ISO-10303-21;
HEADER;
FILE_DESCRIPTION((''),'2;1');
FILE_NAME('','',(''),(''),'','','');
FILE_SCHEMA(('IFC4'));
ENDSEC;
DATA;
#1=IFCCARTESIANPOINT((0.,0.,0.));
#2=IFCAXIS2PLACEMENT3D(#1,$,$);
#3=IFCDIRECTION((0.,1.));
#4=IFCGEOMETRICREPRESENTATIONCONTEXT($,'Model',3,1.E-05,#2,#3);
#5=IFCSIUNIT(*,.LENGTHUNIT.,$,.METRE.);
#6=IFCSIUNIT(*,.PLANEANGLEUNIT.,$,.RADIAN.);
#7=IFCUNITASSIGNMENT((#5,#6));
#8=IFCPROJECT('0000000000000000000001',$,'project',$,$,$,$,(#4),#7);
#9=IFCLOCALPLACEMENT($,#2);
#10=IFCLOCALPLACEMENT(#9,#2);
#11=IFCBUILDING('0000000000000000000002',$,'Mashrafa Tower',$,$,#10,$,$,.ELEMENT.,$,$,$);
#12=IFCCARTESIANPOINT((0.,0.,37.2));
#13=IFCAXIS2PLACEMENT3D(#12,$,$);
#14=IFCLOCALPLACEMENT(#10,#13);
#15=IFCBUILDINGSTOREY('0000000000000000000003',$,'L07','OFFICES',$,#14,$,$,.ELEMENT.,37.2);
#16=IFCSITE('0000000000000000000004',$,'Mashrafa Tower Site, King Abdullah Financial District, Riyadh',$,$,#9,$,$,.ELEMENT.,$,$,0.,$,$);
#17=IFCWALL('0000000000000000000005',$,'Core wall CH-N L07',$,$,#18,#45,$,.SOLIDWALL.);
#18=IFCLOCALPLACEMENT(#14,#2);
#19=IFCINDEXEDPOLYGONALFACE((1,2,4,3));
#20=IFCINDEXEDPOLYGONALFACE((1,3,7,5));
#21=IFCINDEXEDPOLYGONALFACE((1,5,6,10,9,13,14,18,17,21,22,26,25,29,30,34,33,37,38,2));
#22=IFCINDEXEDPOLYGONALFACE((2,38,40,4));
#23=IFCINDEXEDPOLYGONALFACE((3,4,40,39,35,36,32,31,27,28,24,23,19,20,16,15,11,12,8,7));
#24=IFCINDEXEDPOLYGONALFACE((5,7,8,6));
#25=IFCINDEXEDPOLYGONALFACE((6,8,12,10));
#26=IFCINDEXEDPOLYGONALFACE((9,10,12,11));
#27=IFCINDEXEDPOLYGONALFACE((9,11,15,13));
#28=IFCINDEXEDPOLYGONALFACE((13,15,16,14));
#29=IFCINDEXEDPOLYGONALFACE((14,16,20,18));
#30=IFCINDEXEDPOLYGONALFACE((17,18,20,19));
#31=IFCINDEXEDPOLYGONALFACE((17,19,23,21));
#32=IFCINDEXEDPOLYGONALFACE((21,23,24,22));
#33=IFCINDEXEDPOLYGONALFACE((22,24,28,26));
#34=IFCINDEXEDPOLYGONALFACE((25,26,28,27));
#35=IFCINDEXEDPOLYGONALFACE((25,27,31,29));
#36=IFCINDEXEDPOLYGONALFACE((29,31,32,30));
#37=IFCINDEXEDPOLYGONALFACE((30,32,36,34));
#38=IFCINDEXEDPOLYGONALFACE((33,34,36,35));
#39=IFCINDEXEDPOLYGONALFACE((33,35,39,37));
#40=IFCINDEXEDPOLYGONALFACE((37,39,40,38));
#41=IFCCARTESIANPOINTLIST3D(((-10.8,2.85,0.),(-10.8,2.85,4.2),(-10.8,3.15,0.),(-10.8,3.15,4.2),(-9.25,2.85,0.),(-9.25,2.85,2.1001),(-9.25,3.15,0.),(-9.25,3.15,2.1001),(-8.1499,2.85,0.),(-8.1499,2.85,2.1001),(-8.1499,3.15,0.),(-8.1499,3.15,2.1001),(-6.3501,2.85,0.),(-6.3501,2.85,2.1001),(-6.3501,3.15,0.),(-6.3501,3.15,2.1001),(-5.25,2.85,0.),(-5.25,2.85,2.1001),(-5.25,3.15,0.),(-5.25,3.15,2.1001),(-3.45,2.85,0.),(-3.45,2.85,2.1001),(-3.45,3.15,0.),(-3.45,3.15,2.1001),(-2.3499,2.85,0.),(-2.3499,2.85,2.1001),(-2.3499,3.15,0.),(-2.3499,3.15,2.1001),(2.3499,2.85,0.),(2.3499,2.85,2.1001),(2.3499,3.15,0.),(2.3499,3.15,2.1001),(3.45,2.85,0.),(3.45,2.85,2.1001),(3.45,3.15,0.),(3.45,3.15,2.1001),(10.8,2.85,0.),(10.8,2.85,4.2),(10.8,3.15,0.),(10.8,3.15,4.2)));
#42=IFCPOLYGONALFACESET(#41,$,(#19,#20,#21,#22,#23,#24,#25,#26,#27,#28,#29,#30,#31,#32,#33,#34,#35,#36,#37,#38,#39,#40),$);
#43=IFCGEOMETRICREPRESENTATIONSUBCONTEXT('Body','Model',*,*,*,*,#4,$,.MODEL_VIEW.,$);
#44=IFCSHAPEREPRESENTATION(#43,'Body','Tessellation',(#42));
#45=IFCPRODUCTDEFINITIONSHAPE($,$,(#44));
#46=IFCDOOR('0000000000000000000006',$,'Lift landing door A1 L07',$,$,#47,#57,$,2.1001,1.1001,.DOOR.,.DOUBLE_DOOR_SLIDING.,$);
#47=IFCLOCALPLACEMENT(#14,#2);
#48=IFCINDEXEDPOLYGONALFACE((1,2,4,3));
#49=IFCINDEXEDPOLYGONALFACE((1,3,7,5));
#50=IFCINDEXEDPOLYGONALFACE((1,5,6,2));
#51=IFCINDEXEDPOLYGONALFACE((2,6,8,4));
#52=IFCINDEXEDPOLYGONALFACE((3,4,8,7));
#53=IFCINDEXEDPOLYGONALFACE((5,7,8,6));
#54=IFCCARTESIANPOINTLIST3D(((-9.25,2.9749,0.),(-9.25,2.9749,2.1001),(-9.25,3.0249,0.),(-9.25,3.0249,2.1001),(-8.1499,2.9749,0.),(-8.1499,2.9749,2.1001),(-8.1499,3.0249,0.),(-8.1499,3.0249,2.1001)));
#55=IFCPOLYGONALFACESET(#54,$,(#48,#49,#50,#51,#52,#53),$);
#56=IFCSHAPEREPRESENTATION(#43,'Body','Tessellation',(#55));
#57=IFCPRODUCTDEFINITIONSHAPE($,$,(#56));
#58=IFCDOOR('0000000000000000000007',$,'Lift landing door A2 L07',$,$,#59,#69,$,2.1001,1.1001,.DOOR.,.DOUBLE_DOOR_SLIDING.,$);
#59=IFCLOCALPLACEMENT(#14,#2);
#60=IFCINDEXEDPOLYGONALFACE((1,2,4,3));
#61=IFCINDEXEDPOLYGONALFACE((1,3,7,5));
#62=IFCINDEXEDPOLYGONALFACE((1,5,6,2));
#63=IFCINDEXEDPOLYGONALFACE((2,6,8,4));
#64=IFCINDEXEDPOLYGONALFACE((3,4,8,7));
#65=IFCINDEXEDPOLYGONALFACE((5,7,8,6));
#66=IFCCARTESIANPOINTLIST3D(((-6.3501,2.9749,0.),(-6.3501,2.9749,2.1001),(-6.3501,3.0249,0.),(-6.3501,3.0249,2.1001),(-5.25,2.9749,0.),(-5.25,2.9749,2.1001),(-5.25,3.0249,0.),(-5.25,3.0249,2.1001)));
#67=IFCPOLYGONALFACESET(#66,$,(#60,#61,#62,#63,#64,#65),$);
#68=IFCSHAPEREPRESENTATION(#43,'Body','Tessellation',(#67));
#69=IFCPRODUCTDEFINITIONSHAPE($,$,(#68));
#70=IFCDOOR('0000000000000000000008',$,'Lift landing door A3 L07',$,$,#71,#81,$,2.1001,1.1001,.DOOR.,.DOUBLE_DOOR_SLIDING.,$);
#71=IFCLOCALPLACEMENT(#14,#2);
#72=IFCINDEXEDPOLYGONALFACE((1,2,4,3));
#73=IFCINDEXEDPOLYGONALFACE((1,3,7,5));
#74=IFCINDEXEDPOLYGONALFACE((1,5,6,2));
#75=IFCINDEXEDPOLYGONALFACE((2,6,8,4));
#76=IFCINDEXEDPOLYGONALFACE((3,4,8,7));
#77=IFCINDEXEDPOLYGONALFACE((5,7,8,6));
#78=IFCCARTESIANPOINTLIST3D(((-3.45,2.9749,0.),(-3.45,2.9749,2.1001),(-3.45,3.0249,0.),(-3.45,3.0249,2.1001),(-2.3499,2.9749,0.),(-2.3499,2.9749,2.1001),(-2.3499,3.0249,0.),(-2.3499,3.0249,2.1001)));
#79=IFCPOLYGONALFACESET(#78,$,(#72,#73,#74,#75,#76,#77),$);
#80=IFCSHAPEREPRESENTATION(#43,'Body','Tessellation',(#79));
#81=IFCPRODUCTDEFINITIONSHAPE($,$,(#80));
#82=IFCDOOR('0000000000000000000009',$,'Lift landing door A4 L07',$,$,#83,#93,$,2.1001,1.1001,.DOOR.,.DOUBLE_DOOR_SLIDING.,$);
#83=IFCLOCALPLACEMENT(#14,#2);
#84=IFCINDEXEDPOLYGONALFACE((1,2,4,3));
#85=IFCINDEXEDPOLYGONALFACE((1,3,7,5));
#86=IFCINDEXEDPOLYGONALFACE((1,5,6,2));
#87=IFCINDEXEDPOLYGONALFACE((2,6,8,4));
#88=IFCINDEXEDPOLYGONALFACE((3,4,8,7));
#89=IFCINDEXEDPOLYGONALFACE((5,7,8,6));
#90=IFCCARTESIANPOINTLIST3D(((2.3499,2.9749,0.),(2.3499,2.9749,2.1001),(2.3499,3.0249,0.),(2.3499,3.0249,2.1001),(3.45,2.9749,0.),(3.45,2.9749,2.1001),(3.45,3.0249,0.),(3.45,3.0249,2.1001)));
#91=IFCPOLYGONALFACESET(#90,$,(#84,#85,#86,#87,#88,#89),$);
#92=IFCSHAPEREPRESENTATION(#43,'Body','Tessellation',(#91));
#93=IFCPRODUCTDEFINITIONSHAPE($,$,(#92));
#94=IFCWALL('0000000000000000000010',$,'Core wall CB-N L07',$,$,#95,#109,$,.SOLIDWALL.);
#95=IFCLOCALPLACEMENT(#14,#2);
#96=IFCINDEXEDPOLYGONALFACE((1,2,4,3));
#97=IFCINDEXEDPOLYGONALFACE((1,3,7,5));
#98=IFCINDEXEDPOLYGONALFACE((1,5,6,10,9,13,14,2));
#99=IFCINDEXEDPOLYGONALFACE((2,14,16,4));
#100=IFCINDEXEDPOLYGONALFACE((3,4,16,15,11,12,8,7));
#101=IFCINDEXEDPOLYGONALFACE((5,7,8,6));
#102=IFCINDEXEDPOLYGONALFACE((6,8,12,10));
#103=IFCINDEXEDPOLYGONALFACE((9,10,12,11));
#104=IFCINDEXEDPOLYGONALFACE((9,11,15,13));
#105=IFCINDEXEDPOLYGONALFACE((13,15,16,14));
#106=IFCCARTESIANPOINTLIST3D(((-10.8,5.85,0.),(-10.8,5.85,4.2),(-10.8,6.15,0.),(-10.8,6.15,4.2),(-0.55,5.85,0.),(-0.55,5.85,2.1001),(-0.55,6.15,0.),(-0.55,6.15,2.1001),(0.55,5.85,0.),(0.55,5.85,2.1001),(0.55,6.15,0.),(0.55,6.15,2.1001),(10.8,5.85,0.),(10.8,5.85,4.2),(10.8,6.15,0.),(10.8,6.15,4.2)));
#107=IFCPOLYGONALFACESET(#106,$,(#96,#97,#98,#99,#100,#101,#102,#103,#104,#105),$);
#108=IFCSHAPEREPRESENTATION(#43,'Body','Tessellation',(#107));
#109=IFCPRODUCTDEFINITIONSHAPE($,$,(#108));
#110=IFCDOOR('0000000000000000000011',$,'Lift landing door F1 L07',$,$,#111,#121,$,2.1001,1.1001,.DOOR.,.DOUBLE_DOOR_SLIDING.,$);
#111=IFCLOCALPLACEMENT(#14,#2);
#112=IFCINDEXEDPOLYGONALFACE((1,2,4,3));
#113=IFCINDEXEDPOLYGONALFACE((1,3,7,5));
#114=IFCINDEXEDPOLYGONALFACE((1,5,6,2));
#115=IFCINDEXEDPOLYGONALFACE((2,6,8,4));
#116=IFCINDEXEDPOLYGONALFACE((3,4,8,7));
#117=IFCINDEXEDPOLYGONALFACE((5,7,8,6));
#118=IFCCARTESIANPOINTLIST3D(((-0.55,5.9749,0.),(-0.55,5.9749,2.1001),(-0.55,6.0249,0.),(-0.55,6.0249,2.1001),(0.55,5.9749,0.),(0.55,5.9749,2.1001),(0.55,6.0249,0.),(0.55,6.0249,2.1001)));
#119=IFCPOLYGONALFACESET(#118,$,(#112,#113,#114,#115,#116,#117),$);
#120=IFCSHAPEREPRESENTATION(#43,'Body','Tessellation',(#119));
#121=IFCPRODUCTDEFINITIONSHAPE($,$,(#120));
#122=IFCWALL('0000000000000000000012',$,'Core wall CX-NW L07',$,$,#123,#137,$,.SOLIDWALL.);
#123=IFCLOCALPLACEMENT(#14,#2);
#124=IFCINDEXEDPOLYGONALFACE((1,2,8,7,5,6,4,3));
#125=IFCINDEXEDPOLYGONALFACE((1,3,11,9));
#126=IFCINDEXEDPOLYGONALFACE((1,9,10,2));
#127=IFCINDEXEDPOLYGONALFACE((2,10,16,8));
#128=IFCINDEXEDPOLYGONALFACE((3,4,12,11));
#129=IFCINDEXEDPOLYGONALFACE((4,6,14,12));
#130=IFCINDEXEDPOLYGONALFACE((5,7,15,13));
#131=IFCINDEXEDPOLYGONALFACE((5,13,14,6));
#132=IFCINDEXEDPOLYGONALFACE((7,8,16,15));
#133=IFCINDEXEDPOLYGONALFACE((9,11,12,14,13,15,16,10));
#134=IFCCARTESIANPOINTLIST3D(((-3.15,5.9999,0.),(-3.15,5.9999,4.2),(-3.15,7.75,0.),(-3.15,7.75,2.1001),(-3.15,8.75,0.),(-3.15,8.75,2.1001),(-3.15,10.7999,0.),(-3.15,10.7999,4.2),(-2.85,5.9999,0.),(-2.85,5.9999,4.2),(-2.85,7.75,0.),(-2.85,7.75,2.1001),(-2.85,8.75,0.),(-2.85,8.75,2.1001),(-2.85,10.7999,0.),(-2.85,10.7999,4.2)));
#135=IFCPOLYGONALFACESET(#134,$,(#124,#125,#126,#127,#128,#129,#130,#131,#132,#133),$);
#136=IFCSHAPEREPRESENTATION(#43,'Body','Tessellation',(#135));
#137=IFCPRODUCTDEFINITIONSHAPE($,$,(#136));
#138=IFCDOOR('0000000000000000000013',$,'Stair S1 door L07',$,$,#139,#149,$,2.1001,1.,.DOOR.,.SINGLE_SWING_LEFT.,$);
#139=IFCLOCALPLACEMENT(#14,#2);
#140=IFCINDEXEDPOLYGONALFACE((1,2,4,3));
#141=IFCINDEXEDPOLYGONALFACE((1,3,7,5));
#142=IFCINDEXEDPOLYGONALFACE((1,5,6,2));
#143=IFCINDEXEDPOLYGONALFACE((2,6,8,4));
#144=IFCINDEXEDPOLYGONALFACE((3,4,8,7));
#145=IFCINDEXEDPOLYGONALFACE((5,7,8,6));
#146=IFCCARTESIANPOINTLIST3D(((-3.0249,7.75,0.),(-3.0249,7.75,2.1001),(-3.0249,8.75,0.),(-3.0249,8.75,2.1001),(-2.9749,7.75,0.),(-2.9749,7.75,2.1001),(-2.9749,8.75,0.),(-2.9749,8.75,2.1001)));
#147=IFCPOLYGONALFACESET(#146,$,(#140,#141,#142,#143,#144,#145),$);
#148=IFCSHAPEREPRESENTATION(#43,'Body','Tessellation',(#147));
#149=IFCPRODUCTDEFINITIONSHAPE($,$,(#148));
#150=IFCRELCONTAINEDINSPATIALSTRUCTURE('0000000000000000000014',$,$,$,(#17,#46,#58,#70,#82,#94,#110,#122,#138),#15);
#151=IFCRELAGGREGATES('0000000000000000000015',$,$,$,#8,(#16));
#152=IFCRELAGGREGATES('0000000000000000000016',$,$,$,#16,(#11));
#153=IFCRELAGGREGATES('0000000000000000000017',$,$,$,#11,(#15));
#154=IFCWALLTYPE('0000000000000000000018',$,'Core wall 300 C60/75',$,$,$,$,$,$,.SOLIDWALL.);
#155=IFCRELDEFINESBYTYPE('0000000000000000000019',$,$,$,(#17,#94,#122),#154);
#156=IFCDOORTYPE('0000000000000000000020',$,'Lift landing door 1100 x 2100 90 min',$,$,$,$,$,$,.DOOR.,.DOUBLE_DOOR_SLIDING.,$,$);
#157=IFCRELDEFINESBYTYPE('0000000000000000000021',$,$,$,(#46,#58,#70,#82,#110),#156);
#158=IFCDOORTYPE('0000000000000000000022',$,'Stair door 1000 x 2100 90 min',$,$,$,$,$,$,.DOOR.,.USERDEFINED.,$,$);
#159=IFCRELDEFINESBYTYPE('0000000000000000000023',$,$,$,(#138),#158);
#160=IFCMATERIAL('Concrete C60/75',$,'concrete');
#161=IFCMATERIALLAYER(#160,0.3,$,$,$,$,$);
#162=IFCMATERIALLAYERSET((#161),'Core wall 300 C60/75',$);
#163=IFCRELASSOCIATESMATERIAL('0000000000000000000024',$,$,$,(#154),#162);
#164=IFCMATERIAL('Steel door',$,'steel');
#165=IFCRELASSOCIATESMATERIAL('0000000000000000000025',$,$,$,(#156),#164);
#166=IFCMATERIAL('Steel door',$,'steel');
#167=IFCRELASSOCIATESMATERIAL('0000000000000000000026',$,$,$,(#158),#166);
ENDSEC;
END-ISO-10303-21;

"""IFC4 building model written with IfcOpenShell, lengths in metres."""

from ifc_helpers import new_model, si_unit, direction, frame, frame_2d, origin, place, context, subcontext, project, spatial, rectangle, extrude, material, layer, layer_set, type_object, element, fill, save


model = new_model("IFC4")

# Units and contexts
model_context = context("Model", 3, precision=1e-05, world=origin(), true_north=direction((0.0, 1.0)))
body_context = subcontext(model_context, "Body", "Model", "MODEL_VIEW")
ifc_project = project(units=[si_unit("LENGTHUNIT", "METRE"), si_unit("PLANEANGLEUNIT", "RADIAN")], contexts=[model_context])

# Site, building, storey
site_placement = place(None, origin())
site = spatial("IfcSite", under=ifc_project, at=site_placement, Name="Mashrafa Tower Site, King Abdullah Financial District, Riyadh", CompositionType="ELEMENT", RefElevation=0.0)
building_placement = place(site_placement, origin())
building = spatial("IfcBuilding", under=site, at=building_placement, Name="Mashrafa Tower", CompositionType="ELEMENT")
storey_placement = place(building_placement, frame((0.0, 0.0, 37.2)))
storey = spatial("IfcBuildingStorey", under=building, at=storey_placement, Name="L07", Description="OFFICES", CompositionType="ELEMENT", Elevation=37.2)

# Wall, openings, doors
ifc_material_1 = material(Name="Concrete C60/75", Category="concrete")
ifc_layer_1 = layer(ifc_material_1, 0.3)
ifc_layer_set_1 = layer_set([ifc_layer_1], Name="Core wall 300 C60/75")
wall_type_1 = type_object("IfcWallType", Name="Core wall 300 C60/75", PredefinedType="SOLIDWALL", material=ifc_layer_set_1)
wall_1_placement = place(storey_placement, frame((-10.8, 3.0, 0.0), z_axis=(0.0, 0.0, 1.0), x_axis=(1.0, 0.0, 0.0)))
wall_1 = element("IfcWall", 1, at=wall_1_placement, inside=storey, type_object=wall_type_1, Name="Core wall CH-N L07", PredefinedType="SOLIDWALL", context=body_context, shape_type="SweptSolid", body=[
    extrude(rectangle(XDim=21.6001, YDim=0.3, at=frame_2d((10.8, 0.0))), origin(), (0.0, 0.0, 1.0), 4.2),
])
opening_1_placement = place(wall_1_placement, frame((1.55, 0.0, 0.0)))
opening_1 = element("IfcOpeningElement", 2, at=opening_1_placement, cuts=wall_1, PredefinedType="OPENING", context=body_context, shape_type="SweptSolid", body=[
    extrude(rectangle(XDim=1.1001, YDim=2.1001, at=frame_2d((0.55, 1.05))), frame((0.0, 0.1599, 0.0), z_axis=(0.0, -1.0, 0.0), x_axis=(1.0, 0.0, 0.0)), (0.0, 0.0, 1.0), 0.3201),
])
opening_2_placement = place(wall_1_placement, frame((4.45, 0.0, 0.0)))
opening_2 = element("IfcOpeningElement", 3, at=opening_2_placement, cuts=wall_1, PredefinedType="OPENING", context=body_context, shape_type="SweptSolid", body=[
    extrude(rectangle(XDim=1.1001, YDim=2.1001, at=frame_2d((0.55, 1.05))), frame((0.0, 0.1599, 0.0), z_axis=(0.0, -1.0, 0.0), x_axis=(1.0, 0.0, 0.0)), (0.0, 0.0, 1.0), 0.3201),
])
opening_3_placement = place(wall_1_placement, frame((7.3501, 0.0, 0.0)))
opening_3 = element("IfcOpeningElement", 4, at=opening_3_placement, cuts=wall_1, PredefinedType="OPENING", context=body_context, shape_type="SweptSolid", body=[
    extrude(rectangle(XDim=1.1001, YDim=2.1001, at=frame_2d((0.55, 1.05))), frame((0.0, 0.1599, 0.0), z_axis=(0.0, -1.0, 0.0), x_axis=(1.0, 0.0, 0.0)), (0.0, 0.0, 1.0), 0.3201),
])
opening_4_placement = place(wall_1_placement, frame((13.1499, 0.0, 0.0)))
opening_4 = element("IfcOpeningElement", 5, at=opening_4_placement, cuts=wall_1, PredefinedType="OPENING", context=body_context, shape_type="SweptSolid", body=[
    extrude(rectangle(XDim=1.1001, YDim=2.1001, at=frame_2d((0.55, 1.05))), frame((0.0, 0.1599, 0.0), z_axis=(0.0, -1.0, 0.0), x_axis=(1.0, 0.0, 0.0)), (0.0, 0.0, 1.0), 0.3201),
])
ifc_material_2 = material(Name="Steel door", Category="steel")
door_type_1 = type_object("IfcDoorType", Name="Lift landing door 1100 x 2100 90 min", OperationType="DOUBLE_DOOR_SLIDING", PredefinedType="DOOR", material=ifc_material_2)
door_1_placement = place(opening_1_placement, origin())
door_1 = element("IfcDoor", 6, at=door_1_placement, inside=storey, type_object=door_type_1, Name="Lift landing door A1 L07", OperationType="DOUBLE_DOOR_SLIDING", OverallHeight=2.1001, OverallWidth=1.1001, PredefinedType="DOOR", context=body_context, shape_type="SweptSolid", body=[
    extrude(rectangle(XDim=1.1001, YDim=2.1001, at=frame_2d((0.55, 1.05))), frame((0.0, 0.0249, 0.0), z_axis=(0.0, -1.0, 0.0), x_axis=(1.0, 0.0, 0.0)), (0.0, 0.0, 1.0), 0.05),
])
fill(opening_1, door_1)
door_2_placement = place(opening_2_placement, origin())
door_2 = element("IfcDoor", 7, at=door_2_placement, inside=storey, type_object=door_type_1, Name="Lift landing door A2 L07", OperationType="DOUBLE_DOOR_SLIDING", OverallHeight=2.1001, OverallWidth=1.1001, PredefinedType="DOOR", context=body_context, shape_type="SweptSolid", body=[
    extrude(rectangle(XDim=1.1001, YDim=2.1001, at=frame_2d((0.55, 1.05))), frame((0.0, 0.0249, 0.0), z_axis=(0.0, -1.0, 0.0), x_axis=(1.0, 0.0, 0.0)), (0.0, 0.0, 1.0), 0.05),
])
fill(opening_2, door_2)
door_3_placement = place(opening_3_placement, origin())
door_3 = element("IfcDoor", 8, at=door_3_placement, inside=storey, type_object=door_type_1, Name="Lift landing door A3 L07", OperationType="DOUBLE_DOOR_SLIDING", OverallHeight=2.1001, OverallWidth=1.1001, PredefinedType="DOOR", context=body_context, shape_type="SweptSolid", body=[
    extrude(rectangle(XDim=1.1001, YDim=2.1001, at=frame_2d((0.55, 1.05))), frame((0.0, 0.0249, 0.0), z_axis=(0.0, -1.0, 0.0), x_axis=(1.0, 0.0, 0.0)), (0.0, 0.0, 1.0), 0.05),
])
fill(opening_3, door_3)
door_4_placement = place(opening_4_placement, origin())
door_4 = element("IfcDoor", 9, at=door_4_placement, inside=storey, type_object=door_type_1, Name="Lift landing door A4 L07", OperationType="DOUBLE_DOOR_SLIDING", OverallHeight=2.1001, OverallWidth=1.1001, PredefinedType="DOOR", context=body_context, shape_type="SweptSolid", body=[
    extrude(rectangle(XDim=1.1001, YDim=2.1001, at=frame_2d((0.55, 1.05))), frame((0.0, 0.0249, 0.0), z_axis=(0.0, -1.0, 0.0), x_axis=(1.0, 0.0, 0.0)), (0.0, 0.0, 1.0), 0.05),
])
fill(opening_4, door_4)

# Walls, openings, doors
wall_2_placement = place(storey_placement, frame((-10.8, 6.0, 0.0), z_axis=(0.0, 0.0, 1.0), x_axis=(1.0, 0.0, 0.0)))
wall_2 = element("IfcWall", 10, at=wall_2_placement, inside=storey, type_object=wall_type_1, Name="Core wall CB-N L07", PredefinedType="SOLIDWALL", context=body_context, shape_type="SweptSolid", body=[
    extrude(rectangle(XDim=21.6001, YDim=0.3, at=frame_2d((10.8, 0.0))), origin(), (0.0, 0.0, 1.0), 4.2),
])
opening_5_placement = place(wall_2_placement, frame((10.25, 0.0, 0.0)))
opening_5 = element("IfcOpeningElement", 11, at=opening_5_placement, cuts=wall_2, PredefinedType="OPENING", context=body_context, shape_type="SweptSolid", body=[
    extrude(rectangle(XDim=1.1001, YDim=2.1001, at=frame_2d((0.55, 1.05))), frame((0.0, 0.1599, 0.0), z_axis=(0.0, -1.0, 0.0), x_axis=(1.0, 0.0, 0.0)), (0.0, 0.0, 1.0), 0.3201),
])
door_5_placement = place(opening_5_placement, origin())
door_5 = element("IfcDoor", 12, at=door_5_placement, inside=storey, type_object=door_type_1, Name="Lift landing door F1 L07", OperationType="DOUBLE_DOOR_SLIDING", OverallHeight=2.1001, OverallWidth=1.1001, PredefinedType="DOOR", context=body_context, shape_type="SweptSolid", body=[
    extrude(rectangle(XDim=1.1001, YDim=2.1001, at=frame_2d((0.55, 1.05))), frame((0.0, 0.0249, 0.0), z_axis=(0.0, -1.0, 0.0), x_axis=(1.0, 0.0, 0.0)), (0.0, 0.0, 1.0), 0.05),
])
fill(opening_5, door_5)
wall_3_placement = place(storey_placement, frame((-3.0, 6.0, 0.0), z_axis=(0.0, 0.0, 1.0), x_axis=(0.0, 1.0, 0.0)))
wall_3 = element("IfcWall", 13, at=wall_3_placement, inside=storey, type_object=wall_type_1, Name="Core wall CX-NW L07", PredefinedType="SOLIDWALL", context=body_context, shape_type="SweptSolid", body=[
    extrude(rectangle(XDim=4.8, YDim=0.3, at=frame_2d((2.3999, 0.0))), origin(), (0.0, 0.0, 1.0), 4.2),
])
opening_6_placement = place(wall_3_placement, frame((1.75, 0.0, 0.0)))
opening_6 = element("IfcOpeningElement", 14, at=opening_6_placement, cuts=wall_3, PredefinedType="OPENING", context=body_context, shape_type="SweptSolid", body=[
    extrude(rectangle(XDim=1.0, YDim=2.1001, at=frame_2d((0.5, 1.05))), frame((0.0, 0.1599, 0.0), z_axis=(0.0, -1.0, 0.0), x_axis=(1.0, 0.0, 0.0)), (0.0, 0.0, 1.0), 0.3201),
])
ifc_material_3 = material(Name="Steel door", Category="steel")
door_type_2 = type_object("IfcDoorType", Name="Stair door 1000 x 2100 90 min", OperationType="USERDEFINED", PredefinedType="DOOR", material=ifc_material_3)
door_6_placement = place(opening_6_placement, origin())
door_6 = element("IfcDoor", 15, at=door_6_placement, inside=storey, type_object=door_type_2, Name="Stair S1 door L07", OperationType="SINGLE_SWING_LEFT", OverallHeight=2.1001, OverallWidth=1.0, PredefinedType="DOOR", context=body_context, shape_type="SweptSolid", body=[
    extrude(rectangle(XDim=1.0, YDim=2.1001, at=frame_2d((0.5, 1.05))), frame((0.0, 0.0249, 0.0), z_axis=(0.0, -1.0, 0.0), x_axis=(1.0, 0.0, 0.0)), (0.0, 0.0, 1.0), 0.05),
])
fill(opening_6, door_6)

save(model, "model.ifc")
